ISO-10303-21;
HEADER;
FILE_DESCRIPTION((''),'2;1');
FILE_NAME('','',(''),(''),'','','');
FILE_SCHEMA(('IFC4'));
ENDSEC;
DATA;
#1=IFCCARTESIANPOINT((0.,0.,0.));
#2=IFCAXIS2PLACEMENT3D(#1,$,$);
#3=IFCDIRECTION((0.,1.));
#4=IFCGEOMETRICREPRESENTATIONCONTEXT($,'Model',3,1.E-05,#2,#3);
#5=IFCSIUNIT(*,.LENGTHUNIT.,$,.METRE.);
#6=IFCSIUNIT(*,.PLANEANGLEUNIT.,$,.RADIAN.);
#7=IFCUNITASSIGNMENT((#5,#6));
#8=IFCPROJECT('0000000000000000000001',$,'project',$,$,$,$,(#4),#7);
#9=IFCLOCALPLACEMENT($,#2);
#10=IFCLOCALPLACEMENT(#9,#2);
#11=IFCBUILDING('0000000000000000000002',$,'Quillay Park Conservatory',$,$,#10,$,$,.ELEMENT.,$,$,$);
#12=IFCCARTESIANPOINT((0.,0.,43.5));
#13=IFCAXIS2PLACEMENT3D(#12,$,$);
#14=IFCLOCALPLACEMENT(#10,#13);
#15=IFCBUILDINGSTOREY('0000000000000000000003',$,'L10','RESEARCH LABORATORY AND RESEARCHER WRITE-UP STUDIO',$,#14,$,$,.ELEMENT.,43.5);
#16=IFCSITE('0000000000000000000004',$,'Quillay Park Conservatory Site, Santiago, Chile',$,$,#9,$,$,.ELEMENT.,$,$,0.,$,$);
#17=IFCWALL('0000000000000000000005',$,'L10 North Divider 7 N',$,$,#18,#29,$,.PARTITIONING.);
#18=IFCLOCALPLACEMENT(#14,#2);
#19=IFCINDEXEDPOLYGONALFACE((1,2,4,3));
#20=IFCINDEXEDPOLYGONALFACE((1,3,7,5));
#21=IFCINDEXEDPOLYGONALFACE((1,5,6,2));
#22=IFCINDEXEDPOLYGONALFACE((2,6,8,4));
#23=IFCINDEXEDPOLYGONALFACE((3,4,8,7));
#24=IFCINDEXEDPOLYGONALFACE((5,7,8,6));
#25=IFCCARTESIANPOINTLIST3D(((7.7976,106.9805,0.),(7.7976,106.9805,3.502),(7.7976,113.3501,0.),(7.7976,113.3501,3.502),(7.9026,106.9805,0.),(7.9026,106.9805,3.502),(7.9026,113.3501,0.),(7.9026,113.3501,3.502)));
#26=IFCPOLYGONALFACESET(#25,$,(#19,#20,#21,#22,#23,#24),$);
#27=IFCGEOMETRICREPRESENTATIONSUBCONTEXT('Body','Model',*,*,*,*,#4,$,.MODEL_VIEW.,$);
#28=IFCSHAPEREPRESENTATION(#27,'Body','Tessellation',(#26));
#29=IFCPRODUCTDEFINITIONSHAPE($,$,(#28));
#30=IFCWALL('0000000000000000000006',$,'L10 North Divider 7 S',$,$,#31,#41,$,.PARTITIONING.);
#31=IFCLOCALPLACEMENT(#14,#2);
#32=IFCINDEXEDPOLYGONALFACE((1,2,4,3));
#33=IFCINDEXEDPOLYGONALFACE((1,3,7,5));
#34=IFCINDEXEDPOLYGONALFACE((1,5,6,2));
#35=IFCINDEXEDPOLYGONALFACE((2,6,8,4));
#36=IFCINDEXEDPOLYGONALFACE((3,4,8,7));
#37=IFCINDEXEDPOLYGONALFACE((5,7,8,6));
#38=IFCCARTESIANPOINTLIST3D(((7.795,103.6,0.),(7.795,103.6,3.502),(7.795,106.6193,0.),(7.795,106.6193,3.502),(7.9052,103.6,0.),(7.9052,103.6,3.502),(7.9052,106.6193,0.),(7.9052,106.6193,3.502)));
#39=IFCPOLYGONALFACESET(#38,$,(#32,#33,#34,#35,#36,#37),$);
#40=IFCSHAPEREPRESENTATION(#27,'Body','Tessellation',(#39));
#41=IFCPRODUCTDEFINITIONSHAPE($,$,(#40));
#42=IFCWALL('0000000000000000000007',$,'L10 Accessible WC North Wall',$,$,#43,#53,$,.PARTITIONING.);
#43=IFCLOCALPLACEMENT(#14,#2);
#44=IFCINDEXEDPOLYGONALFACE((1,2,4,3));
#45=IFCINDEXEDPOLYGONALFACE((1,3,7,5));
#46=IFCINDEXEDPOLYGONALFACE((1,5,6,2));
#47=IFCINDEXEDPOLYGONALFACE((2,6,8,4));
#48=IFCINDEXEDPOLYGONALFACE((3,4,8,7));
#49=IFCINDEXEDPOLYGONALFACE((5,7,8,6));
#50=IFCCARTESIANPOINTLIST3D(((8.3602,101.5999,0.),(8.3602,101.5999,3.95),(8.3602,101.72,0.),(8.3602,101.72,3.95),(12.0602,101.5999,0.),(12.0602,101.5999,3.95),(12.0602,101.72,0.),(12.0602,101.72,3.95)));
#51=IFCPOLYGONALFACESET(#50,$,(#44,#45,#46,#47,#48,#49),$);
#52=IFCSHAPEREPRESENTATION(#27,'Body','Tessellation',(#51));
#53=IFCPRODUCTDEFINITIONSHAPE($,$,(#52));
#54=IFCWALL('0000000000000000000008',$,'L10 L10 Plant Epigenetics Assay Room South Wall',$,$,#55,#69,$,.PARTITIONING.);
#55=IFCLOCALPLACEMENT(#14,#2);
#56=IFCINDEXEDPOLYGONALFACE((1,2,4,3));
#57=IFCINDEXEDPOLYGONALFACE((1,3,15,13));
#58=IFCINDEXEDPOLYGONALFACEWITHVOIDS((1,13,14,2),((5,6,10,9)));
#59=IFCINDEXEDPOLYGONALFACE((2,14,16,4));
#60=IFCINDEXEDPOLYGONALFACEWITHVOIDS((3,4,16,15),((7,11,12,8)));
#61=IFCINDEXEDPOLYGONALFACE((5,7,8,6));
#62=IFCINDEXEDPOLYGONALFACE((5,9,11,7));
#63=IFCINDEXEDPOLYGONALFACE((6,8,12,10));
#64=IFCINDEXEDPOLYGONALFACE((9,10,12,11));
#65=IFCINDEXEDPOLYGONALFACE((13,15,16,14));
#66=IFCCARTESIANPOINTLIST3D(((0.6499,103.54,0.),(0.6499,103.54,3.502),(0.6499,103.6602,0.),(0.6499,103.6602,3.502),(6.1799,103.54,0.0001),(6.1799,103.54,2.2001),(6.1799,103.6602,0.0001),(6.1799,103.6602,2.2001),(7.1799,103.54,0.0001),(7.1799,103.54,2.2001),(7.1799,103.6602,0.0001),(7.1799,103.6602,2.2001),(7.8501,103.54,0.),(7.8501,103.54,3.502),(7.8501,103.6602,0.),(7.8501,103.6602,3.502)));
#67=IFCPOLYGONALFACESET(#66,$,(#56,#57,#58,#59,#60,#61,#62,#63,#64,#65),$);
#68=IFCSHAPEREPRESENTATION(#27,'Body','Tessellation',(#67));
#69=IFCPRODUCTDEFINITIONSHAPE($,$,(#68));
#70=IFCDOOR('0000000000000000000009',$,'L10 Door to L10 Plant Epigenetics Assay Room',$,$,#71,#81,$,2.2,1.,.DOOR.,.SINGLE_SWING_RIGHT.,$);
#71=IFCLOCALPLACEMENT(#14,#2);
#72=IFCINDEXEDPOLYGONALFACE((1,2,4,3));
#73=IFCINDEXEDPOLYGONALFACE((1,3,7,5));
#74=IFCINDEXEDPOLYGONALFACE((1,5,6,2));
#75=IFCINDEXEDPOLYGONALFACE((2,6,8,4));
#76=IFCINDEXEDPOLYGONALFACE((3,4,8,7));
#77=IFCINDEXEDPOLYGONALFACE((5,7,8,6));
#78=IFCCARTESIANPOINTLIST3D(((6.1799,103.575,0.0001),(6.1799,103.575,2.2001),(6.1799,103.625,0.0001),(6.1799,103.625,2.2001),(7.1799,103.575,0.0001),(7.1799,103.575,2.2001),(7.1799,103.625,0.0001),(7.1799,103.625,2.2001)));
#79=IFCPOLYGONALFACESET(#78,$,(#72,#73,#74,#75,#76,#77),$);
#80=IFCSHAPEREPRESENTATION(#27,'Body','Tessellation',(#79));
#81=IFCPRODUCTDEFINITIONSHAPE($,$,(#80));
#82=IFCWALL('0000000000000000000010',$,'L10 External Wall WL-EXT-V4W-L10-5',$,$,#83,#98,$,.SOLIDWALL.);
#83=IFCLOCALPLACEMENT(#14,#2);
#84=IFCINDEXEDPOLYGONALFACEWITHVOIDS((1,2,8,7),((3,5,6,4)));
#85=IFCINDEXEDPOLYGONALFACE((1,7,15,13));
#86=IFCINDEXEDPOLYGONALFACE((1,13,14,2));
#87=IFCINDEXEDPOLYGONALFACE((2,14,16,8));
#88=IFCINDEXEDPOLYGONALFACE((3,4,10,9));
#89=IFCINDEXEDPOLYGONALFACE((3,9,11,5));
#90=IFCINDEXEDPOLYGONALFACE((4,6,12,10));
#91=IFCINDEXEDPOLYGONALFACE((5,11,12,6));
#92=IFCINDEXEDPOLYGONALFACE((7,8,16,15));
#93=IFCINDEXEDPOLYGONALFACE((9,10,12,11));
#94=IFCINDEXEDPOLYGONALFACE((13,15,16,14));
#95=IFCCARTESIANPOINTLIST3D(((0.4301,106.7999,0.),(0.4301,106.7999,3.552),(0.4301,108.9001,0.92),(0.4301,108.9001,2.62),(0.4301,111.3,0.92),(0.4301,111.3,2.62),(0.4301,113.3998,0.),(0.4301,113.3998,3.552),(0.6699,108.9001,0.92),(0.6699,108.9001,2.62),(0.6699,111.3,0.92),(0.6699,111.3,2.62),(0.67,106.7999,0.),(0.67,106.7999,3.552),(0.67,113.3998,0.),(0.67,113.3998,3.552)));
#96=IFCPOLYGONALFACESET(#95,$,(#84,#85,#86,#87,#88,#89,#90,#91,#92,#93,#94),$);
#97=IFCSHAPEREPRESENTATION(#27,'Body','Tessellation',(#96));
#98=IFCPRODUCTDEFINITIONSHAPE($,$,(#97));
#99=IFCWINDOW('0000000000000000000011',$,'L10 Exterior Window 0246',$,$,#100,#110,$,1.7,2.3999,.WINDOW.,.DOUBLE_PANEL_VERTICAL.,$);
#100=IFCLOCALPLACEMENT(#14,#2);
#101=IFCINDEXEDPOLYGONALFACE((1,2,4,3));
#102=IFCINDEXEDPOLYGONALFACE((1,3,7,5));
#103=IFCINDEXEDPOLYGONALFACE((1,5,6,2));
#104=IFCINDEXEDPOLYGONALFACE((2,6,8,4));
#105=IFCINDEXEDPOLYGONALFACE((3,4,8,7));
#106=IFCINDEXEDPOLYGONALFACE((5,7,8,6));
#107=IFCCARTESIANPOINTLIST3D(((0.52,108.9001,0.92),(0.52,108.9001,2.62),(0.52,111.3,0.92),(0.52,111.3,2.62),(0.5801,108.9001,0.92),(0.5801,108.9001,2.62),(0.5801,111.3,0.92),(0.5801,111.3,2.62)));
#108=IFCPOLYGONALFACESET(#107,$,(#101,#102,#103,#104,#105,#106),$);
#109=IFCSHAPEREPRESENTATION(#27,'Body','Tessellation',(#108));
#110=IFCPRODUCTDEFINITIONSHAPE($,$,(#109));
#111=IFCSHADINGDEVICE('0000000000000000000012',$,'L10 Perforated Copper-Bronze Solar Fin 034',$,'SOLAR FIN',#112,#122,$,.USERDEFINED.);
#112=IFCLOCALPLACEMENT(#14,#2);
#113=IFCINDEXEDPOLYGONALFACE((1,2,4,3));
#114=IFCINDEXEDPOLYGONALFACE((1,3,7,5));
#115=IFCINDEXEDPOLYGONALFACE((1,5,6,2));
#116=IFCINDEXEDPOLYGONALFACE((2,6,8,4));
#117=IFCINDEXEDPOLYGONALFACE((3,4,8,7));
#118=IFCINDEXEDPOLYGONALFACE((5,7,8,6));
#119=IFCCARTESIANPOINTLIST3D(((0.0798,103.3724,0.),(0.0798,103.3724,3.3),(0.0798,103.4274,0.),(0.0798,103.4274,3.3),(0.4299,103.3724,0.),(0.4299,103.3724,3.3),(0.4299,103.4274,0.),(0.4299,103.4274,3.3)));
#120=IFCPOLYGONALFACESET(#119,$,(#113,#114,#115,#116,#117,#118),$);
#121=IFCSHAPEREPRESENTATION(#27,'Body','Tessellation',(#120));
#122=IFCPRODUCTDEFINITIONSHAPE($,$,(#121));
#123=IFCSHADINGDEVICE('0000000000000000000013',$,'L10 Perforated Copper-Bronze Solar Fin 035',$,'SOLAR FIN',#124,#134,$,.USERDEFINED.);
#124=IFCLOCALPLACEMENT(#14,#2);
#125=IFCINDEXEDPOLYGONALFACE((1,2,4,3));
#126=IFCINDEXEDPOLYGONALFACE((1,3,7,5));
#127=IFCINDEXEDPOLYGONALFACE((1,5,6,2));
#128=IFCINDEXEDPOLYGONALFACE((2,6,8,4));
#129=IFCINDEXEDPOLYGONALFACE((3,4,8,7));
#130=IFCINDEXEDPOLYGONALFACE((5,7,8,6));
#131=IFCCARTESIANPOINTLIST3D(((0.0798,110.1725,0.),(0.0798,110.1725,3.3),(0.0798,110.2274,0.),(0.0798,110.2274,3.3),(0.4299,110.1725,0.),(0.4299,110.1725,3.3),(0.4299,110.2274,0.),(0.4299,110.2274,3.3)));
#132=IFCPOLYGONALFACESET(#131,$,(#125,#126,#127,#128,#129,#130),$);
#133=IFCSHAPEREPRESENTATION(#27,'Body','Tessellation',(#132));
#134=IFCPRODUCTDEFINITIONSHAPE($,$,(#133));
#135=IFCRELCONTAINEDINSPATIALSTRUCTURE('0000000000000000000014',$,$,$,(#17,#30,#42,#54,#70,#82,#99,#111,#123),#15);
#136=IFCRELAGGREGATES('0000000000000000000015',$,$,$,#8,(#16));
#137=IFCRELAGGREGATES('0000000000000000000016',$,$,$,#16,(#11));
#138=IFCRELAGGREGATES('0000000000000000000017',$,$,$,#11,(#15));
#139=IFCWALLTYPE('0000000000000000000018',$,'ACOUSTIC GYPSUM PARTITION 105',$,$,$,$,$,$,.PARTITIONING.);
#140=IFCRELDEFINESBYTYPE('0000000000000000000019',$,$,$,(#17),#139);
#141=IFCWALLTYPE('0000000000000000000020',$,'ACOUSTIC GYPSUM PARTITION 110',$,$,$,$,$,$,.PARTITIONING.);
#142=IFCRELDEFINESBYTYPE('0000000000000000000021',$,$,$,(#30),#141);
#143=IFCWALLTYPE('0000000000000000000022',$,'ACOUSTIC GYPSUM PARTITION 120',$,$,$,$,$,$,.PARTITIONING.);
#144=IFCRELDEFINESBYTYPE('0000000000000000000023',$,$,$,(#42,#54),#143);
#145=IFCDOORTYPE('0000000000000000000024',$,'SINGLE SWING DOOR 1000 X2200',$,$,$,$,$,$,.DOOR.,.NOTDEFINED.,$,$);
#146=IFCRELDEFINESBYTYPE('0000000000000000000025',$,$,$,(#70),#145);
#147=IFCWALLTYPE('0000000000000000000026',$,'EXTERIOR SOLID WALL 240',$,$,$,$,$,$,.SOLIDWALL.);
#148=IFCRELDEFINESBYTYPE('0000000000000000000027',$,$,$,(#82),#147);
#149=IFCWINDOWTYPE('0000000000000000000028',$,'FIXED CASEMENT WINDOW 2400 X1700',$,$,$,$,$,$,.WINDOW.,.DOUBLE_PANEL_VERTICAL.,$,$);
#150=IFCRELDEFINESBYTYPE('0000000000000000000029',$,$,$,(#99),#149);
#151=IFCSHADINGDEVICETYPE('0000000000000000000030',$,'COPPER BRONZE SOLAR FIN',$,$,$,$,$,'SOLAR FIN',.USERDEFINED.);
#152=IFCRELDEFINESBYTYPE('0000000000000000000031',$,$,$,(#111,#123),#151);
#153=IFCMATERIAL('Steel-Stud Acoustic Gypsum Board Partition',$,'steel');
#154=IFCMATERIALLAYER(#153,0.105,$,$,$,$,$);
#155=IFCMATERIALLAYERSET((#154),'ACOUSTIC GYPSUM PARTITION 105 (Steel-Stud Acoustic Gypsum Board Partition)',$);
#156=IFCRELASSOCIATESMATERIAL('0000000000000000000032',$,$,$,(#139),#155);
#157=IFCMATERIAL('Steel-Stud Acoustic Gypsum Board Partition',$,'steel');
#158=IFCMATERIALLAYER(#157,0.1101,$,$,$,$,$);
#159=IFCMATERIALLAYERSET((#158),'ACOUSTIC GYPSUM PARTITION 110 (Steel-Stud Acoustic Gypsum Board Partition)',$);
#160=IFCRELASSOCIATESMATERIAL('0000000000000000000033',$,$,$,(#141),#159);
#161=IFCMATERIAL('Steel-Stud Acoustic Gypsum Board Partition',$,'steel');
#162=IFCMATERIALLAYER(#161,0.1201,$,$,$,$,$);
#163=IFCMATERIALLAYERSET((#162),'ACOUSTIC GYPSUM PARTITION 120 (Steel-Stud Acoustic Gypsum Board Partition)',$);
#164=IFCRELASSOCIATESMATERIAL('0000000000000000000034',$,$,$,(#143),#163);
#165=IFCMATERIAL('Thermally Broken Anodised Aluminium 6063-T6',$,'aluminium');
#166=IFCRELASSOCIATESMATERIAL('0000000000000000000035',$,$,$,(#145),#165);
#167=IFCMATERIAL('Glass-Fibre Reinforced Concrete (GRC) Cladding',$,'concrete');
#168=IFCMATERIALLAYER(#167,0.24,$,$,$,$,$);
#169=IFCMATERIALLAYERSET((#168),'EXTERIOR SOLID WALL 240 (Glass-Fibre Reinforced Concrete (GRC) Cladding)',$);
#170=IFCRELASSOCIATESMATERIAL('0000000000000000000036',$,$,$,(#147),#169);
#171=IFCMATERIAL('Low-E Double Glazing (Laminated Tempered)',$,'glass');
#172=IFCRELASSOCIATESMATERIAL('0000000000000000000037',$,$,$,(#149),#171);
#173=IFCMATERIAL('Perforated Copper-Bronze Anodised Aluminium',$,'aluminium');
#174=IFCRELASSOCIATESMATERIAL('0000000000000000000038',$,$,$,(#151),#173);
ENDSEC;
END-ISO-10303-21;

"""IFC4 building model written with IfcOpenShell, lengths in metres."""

from ifc_helpers import new_model, si_unit, direction, frame, frame_2d, origin, origin_2d, place, context, subcontext, project, spatial, rectangle, extrude, material, layer, layer_set, type_object, element, fill, save


model = new_model("IFC4")

# Units and contexts
model_context = context("Model", 3, precision=1e-05, world=origin(), true_north=direction((0.0, 1.0)))
body_context = subcontext(model_context, "Body", "Model", "MODEL_VIEW")
ifc_project = project(units=[si_unit("LENGTHUNIT", "METRE"), si_unit("PLANEANGLEUNIT", "RADIAN")], contexts=[model_context])

# Site, building, storey
site_placement = place(None, origin())
site = spatial("IfcSite", under=ifc_project, at=site_placement, Name="Quillay Park Conservatory Site, Santiago, Chile", CompositionType="ELEMENT", RefElevation=0.0)
building_placement = place(site_placement, origin())
building = spatial("IfcBuilding", under=site, at=building_placement, Name="Quillay Park Conservatory", CompositionType="ELEMENT")
storey_placement = place(building_placement, frame((0.0, 0.0, 43.5)))
storey = spatial("IfcBuildingStorey", under=building, at=storey_placement, Name="L10", Description="RESEARCH LABORATORY AND RESEARCHER WRITE-UP STUDIO", CompositionType="ELEMENT", Elevation=43.5)

# Walls
ifc_material_1 = material(Name="Steel-Stud Acoustic Gypsum Board Partition", Category="steel")
ifc_layer_1 = layer(ifc_material_1, 0.105)
ifc_layer_set_1 = layer_set([ifc_layer_1], Name="ACOUSTIC GYPSUM PARTITION 105 (Steel-Stud Acoustic Gypsum Board Partition)")
wall_type_1 = type_object("IfcWallType", Name="ACOUSTIC GYPSUM PARTITION 105", PredefinedType="PARTITIONING", material=ifc_layer_set_1)
wall_1_placement = place(storey_placement, frame((7.8501, 113.3501, 0.0), z_axis=(0.0, 0.0, 1.0), x_axis=(0.0, -1.0, 0.0)))
element("IfcWall", 1, at=wall_1_placement, inside=storey, type_object=wall_type_1, Name="L10 North Divider 7 N", PredefinedType="PARTITIONING", context=body_context, shape_type="SweptSolid", body=[
    extrude(rectangle(XDim=6.3696, YDim=0.105, at=frame_2d((3.1848, 0.0))), origin(), (0.0, 0.0, 1.0), 3.502),
])
ifc_material_2 = material(Name="Steel-Stud Acoustic Gypsum Board Partition", Category="steel")
ifc_layer_2 = layer(ifc_material_2, 0.1101)
ifc_layer_set_2 = layer_set([ifc_layer_2], Name="ACOUSTIC GYPSUM PARTITION 110 (Steel-Stud Acoustic Gypsum Board Partition)")
wall_type_2 = type_object("IfcWallType", Name="ACOUSTIC GYPSUM PARTITION 110", PredefinedType="PARTITIONING", material=ifc_layer_set_2)
wall_2_placement = place(storey_placement, frame((7.8501, 106.6194, 0.0), z_axis=(0.0, 0.0, 1.0), x_axis=(0.0, -1.0, 0.0)))
element("IfcWall", 2, at=wall_2_placement, inside=storey, type_object=wall_type_2, Name="L10 North Divider 7 S", PredefinedType="PARTITIONING", context=body_context, shape_type="SweptSolid", body=[
    extrude(rectangle(XDim=3.0193, YDim=0.1101, at=frame_2d((1.5098, 0.0))), origin(), (0.0, 0.0, 1.0), 3.502),
])

# Wall
ifc_material_3 = material(Name="Steel-Stud Acoustic Gypsum Board Partition", Category="steel")
ifc_layer_3 = layer(ifc_material_3, 0.1201)
ifc_layer_set_3 = layer_set([ifc_layer_3], Name="ACOUSTIC GYPSUM PARTITION 120 (Steel-Stud Acoustic Gypsum Board Partition)")
wall_type_3 = type_object("IfcWallType", Name="ACOUSTIC GYPSUM PARTITION 120", PredefinedType="PARTITIONING", material=ifc_layer_set_3)
wall_3_placement = place(storey_placement, frame((8.3601, 101.6599, 0.0), z_axis=(0.0, 0.0, 1.0), x_axis=(1.0, 0.0, 0.0)))
element("IfcWall", 3, at=wall_3_placement, inside=storey, type_object=wall_type_3, Name="L10 Accessible WC North Wall", PredefinedType="PARTITIONING", context=body_context, shape_type="SweptSolid", body=[
    extrude(rectangle(XDim=3.7, YDim=0.1201, at=frame_2d((1.8501, 0.0))), origin(), (0.0, 0.0, 1.0), 3.95),
])

# Wall, opening, door
wall_4_placement = place(storey_placement, frame((0.6499, 103.6001, 0.0), z_axis=(0.0, 0.0, 1.0), x_axis=(1.0, 0.0, 0.0)))
wall_4 = element("IfcWall", 4, at=wall_4_placement, inside=storey, type_object=wall_type_3, Name="L10 L10 Plant Epigenetics Assay Room South Wall", PredefinedType="PARTITIONING", context=body_context, shape_type="SweptSolid", body=[
    extrude(rectangle(XDim=7.2002, YDim=0.1201, at=frame_2d((3.6001, 0.0))), origin(), (0.0, 0.0, 1.0), 3.502),
])
opening_1_placement = place(wall_4_placement, frame((5.53, 0.0, 0.0)))
opening_1 = element("IfcOpeningElement", 5, at=opening_1_placement, cuts=wall_4, PredefinedType="OPENING", context=body_context, shape_type="SweptSolid", body=[
    extrude(rectangle(XDim=1.0, YDim=2.2, at=frame_2d((0.5, 1.1001))), frame((0.0, 0.0601, 0.0), z_axis=(0.0, -1.0, 0.0), x_axis=(1.0, 0.0, 0.0)), (0.0, 0.0, 1.0), 0.1201),
])
ifc_material_4 = material(Name="Thermally Broken Anodised Aluminium 6063-T6", Category="aluminium")
door_type_1 = type_object("IfcDoorType", Name="SINGLE SWING DOOR 1000 X2200", OperationType="NOTDEFINED", PredefinedType="DOOR", material=ifc_material_4)
door_1_placement = place(opening_1_placement, origin())
door_1 = element("IfcDoor", 6, at=door_1_placement, inside=storey, type_object=door_type_1, Name="L10 Door to L10 Plant Epigenetics Assay Room", OperationType="SINGLE_SWING_RIGHT", OverallHeight=2.2, OverallWidth=1.0, PredefinedType="DOOR", context=body_context, shape_type="SweptSolid", body=[
    extrude(rectangle(XDim=1.0, YDim=2.2, at=frame_2d((0.5, 1.1001))), frame((0.0, 0.0249, 0.0), z_axis=(0.0, -1.0, 0.0), x_axis=(1.0, 0.0, 0.0)), (0.0, 0.0, 1.0), 0.05),
])
fill(opening_1, door_1)

# Wall, opening, window
ifc_material_5 = material(Name="Glass-Fibre Reinforced Concrete (GRC) Cladding", Category="concrete")
ifc_layer_4 = layer(ifc_material_5, 0.24)
ifc_layer_set_4 = layer_set([ifc_layer_4], Name="EXTERIOR SOLID WALL 240 (Glass-Fibre Reinforced Concrete (GRC) Cladding)")
wall_type_4 = type_object("IfcWallType", Name="EXTERIOR SOLID WALL 240", PredefinedType="SOLIDWALL", material=ifc_layer_set_4)
wall_5_placement = place(storey_placement, frame((0.55, 106.8, 0.0), z_axis=(0.0, 0.0, 1.0), x_axis=(0.0, 1.0, 0.0)))
wall_5 = element("IfcWall", 7, at=wall_5_placement, inside=storey, type_object=wall_type_4, Name="L10 External Wall WL-EXT-V4W-L10-5", PredefinedType="SOLIDWALL", context=body_context, shape_type="SweptSolid", body=[
    extrude(rectangle(XDim=6.5999, YDim=0.24, at=frame_2d((3.2998, 0.0))), origin(), (0.0, 0.0, 1.0), 3.552),
])
opening_2_placement = place(wall_5_placement, frame((2.1001, 0.0, 0.9199)))
opening_2 = element("IfcOpeningElement", 8, at=opening_2_placement, cuts=wall_5, PredefinedType="OPENING", context=body_context, shape_type="SweptSolid", body=[
    extrude(rectangle(XDim=2.3999, YDim=1.7, at=frame_2d((1.2, 0.8501))), frame((0.0, 0.1201, 0.0), z_axis=(0.0, -1.0, 0.0), x_axis=(1.0, 0.0, 0.0)), (0.0, 0.0, 1.0), 0.24),
])
ifc_material_6 = material(Name="Low-E Double Glazing (Laminated Tempered)", Category="glass")
window_type_1 = type_object("IfcWindowType", Name="FIXED CASEMENT WINDOW 2400 X1700", PartitioningType="DOUBLE_PANEL_VERTICAL", PredefinedType="WINDOW", material=ifc_material_6)
window_1_placement = place(opening_2_placement, origin())
window_1 = element("IfcWindow", 9, at=window_1_placement, inside=storey, type_object=window_type_1, Name="L10 Exterior Window 0246", OverallHeight=1.7, OverallWidth=2.3999, PartitioningType="DOUBLE_PANEL_VERTICAL", PredefinedType="WINDOW", context=body_context, shape_type="SweptSolid", body=[
    extrude(rectangle(XDim=2.3999, YDim=1.7, at=frame_2d((1.2, 0.8501))), frame((0.0, 0.03, 0.0), z_axis=(0.0, -1.0, 0.0), x_axis=(1.0, 0.0, 0.0)), (0.0, 0.0, 1.0), 0.0601),
])
fill(opening_2, window_1)

# Shading devices
ifc_material_7 = material(Name="Perforated Copper-Bronze Anodised Aluminium", Category="aluminium")
shading_device_type = type_object("IfcShadingDeviceType", Name="COPPER BRONZE SOLAR FIN", ElementType="SOLAR FIN", PredefinedType="USERDEFINED", material=ifc_material_7)
for number, where, z_axis, x_axis, name in (
    (10, (0.2549, 103.3999, 0.0), (0.0, 0.0, 1.0), (1.0, 0.0, 0.0), "L10 Perforated Copper-Bronze Solar Fin 034"),
    (11, (0.2549, 110.2, 0.0), (0.0, 0.0, 1.0), (1.0, 0.0, 0.0), "L10 Perforated Copper-Bronze Solar Fin 035"),
):
    element("IfcShadingDevice", number, at=place(storey_placement, frame(where, z_axis=z_axis, x_axis=x_axis)), inside=storey, type_object=shading_device_type, Name=name, ObjectType="SOLAR FIN", PredefinedType="USERDEFINED", context=body_context, shape_type="SweptSolid", body=[
        extrude(rectangle(XDim=0.3501, YDim=0.0549, at=origin_2d()), origin(), (0.0, 0.0, 1.0), 3.3),
    ])

save(model, "model.ifc")
